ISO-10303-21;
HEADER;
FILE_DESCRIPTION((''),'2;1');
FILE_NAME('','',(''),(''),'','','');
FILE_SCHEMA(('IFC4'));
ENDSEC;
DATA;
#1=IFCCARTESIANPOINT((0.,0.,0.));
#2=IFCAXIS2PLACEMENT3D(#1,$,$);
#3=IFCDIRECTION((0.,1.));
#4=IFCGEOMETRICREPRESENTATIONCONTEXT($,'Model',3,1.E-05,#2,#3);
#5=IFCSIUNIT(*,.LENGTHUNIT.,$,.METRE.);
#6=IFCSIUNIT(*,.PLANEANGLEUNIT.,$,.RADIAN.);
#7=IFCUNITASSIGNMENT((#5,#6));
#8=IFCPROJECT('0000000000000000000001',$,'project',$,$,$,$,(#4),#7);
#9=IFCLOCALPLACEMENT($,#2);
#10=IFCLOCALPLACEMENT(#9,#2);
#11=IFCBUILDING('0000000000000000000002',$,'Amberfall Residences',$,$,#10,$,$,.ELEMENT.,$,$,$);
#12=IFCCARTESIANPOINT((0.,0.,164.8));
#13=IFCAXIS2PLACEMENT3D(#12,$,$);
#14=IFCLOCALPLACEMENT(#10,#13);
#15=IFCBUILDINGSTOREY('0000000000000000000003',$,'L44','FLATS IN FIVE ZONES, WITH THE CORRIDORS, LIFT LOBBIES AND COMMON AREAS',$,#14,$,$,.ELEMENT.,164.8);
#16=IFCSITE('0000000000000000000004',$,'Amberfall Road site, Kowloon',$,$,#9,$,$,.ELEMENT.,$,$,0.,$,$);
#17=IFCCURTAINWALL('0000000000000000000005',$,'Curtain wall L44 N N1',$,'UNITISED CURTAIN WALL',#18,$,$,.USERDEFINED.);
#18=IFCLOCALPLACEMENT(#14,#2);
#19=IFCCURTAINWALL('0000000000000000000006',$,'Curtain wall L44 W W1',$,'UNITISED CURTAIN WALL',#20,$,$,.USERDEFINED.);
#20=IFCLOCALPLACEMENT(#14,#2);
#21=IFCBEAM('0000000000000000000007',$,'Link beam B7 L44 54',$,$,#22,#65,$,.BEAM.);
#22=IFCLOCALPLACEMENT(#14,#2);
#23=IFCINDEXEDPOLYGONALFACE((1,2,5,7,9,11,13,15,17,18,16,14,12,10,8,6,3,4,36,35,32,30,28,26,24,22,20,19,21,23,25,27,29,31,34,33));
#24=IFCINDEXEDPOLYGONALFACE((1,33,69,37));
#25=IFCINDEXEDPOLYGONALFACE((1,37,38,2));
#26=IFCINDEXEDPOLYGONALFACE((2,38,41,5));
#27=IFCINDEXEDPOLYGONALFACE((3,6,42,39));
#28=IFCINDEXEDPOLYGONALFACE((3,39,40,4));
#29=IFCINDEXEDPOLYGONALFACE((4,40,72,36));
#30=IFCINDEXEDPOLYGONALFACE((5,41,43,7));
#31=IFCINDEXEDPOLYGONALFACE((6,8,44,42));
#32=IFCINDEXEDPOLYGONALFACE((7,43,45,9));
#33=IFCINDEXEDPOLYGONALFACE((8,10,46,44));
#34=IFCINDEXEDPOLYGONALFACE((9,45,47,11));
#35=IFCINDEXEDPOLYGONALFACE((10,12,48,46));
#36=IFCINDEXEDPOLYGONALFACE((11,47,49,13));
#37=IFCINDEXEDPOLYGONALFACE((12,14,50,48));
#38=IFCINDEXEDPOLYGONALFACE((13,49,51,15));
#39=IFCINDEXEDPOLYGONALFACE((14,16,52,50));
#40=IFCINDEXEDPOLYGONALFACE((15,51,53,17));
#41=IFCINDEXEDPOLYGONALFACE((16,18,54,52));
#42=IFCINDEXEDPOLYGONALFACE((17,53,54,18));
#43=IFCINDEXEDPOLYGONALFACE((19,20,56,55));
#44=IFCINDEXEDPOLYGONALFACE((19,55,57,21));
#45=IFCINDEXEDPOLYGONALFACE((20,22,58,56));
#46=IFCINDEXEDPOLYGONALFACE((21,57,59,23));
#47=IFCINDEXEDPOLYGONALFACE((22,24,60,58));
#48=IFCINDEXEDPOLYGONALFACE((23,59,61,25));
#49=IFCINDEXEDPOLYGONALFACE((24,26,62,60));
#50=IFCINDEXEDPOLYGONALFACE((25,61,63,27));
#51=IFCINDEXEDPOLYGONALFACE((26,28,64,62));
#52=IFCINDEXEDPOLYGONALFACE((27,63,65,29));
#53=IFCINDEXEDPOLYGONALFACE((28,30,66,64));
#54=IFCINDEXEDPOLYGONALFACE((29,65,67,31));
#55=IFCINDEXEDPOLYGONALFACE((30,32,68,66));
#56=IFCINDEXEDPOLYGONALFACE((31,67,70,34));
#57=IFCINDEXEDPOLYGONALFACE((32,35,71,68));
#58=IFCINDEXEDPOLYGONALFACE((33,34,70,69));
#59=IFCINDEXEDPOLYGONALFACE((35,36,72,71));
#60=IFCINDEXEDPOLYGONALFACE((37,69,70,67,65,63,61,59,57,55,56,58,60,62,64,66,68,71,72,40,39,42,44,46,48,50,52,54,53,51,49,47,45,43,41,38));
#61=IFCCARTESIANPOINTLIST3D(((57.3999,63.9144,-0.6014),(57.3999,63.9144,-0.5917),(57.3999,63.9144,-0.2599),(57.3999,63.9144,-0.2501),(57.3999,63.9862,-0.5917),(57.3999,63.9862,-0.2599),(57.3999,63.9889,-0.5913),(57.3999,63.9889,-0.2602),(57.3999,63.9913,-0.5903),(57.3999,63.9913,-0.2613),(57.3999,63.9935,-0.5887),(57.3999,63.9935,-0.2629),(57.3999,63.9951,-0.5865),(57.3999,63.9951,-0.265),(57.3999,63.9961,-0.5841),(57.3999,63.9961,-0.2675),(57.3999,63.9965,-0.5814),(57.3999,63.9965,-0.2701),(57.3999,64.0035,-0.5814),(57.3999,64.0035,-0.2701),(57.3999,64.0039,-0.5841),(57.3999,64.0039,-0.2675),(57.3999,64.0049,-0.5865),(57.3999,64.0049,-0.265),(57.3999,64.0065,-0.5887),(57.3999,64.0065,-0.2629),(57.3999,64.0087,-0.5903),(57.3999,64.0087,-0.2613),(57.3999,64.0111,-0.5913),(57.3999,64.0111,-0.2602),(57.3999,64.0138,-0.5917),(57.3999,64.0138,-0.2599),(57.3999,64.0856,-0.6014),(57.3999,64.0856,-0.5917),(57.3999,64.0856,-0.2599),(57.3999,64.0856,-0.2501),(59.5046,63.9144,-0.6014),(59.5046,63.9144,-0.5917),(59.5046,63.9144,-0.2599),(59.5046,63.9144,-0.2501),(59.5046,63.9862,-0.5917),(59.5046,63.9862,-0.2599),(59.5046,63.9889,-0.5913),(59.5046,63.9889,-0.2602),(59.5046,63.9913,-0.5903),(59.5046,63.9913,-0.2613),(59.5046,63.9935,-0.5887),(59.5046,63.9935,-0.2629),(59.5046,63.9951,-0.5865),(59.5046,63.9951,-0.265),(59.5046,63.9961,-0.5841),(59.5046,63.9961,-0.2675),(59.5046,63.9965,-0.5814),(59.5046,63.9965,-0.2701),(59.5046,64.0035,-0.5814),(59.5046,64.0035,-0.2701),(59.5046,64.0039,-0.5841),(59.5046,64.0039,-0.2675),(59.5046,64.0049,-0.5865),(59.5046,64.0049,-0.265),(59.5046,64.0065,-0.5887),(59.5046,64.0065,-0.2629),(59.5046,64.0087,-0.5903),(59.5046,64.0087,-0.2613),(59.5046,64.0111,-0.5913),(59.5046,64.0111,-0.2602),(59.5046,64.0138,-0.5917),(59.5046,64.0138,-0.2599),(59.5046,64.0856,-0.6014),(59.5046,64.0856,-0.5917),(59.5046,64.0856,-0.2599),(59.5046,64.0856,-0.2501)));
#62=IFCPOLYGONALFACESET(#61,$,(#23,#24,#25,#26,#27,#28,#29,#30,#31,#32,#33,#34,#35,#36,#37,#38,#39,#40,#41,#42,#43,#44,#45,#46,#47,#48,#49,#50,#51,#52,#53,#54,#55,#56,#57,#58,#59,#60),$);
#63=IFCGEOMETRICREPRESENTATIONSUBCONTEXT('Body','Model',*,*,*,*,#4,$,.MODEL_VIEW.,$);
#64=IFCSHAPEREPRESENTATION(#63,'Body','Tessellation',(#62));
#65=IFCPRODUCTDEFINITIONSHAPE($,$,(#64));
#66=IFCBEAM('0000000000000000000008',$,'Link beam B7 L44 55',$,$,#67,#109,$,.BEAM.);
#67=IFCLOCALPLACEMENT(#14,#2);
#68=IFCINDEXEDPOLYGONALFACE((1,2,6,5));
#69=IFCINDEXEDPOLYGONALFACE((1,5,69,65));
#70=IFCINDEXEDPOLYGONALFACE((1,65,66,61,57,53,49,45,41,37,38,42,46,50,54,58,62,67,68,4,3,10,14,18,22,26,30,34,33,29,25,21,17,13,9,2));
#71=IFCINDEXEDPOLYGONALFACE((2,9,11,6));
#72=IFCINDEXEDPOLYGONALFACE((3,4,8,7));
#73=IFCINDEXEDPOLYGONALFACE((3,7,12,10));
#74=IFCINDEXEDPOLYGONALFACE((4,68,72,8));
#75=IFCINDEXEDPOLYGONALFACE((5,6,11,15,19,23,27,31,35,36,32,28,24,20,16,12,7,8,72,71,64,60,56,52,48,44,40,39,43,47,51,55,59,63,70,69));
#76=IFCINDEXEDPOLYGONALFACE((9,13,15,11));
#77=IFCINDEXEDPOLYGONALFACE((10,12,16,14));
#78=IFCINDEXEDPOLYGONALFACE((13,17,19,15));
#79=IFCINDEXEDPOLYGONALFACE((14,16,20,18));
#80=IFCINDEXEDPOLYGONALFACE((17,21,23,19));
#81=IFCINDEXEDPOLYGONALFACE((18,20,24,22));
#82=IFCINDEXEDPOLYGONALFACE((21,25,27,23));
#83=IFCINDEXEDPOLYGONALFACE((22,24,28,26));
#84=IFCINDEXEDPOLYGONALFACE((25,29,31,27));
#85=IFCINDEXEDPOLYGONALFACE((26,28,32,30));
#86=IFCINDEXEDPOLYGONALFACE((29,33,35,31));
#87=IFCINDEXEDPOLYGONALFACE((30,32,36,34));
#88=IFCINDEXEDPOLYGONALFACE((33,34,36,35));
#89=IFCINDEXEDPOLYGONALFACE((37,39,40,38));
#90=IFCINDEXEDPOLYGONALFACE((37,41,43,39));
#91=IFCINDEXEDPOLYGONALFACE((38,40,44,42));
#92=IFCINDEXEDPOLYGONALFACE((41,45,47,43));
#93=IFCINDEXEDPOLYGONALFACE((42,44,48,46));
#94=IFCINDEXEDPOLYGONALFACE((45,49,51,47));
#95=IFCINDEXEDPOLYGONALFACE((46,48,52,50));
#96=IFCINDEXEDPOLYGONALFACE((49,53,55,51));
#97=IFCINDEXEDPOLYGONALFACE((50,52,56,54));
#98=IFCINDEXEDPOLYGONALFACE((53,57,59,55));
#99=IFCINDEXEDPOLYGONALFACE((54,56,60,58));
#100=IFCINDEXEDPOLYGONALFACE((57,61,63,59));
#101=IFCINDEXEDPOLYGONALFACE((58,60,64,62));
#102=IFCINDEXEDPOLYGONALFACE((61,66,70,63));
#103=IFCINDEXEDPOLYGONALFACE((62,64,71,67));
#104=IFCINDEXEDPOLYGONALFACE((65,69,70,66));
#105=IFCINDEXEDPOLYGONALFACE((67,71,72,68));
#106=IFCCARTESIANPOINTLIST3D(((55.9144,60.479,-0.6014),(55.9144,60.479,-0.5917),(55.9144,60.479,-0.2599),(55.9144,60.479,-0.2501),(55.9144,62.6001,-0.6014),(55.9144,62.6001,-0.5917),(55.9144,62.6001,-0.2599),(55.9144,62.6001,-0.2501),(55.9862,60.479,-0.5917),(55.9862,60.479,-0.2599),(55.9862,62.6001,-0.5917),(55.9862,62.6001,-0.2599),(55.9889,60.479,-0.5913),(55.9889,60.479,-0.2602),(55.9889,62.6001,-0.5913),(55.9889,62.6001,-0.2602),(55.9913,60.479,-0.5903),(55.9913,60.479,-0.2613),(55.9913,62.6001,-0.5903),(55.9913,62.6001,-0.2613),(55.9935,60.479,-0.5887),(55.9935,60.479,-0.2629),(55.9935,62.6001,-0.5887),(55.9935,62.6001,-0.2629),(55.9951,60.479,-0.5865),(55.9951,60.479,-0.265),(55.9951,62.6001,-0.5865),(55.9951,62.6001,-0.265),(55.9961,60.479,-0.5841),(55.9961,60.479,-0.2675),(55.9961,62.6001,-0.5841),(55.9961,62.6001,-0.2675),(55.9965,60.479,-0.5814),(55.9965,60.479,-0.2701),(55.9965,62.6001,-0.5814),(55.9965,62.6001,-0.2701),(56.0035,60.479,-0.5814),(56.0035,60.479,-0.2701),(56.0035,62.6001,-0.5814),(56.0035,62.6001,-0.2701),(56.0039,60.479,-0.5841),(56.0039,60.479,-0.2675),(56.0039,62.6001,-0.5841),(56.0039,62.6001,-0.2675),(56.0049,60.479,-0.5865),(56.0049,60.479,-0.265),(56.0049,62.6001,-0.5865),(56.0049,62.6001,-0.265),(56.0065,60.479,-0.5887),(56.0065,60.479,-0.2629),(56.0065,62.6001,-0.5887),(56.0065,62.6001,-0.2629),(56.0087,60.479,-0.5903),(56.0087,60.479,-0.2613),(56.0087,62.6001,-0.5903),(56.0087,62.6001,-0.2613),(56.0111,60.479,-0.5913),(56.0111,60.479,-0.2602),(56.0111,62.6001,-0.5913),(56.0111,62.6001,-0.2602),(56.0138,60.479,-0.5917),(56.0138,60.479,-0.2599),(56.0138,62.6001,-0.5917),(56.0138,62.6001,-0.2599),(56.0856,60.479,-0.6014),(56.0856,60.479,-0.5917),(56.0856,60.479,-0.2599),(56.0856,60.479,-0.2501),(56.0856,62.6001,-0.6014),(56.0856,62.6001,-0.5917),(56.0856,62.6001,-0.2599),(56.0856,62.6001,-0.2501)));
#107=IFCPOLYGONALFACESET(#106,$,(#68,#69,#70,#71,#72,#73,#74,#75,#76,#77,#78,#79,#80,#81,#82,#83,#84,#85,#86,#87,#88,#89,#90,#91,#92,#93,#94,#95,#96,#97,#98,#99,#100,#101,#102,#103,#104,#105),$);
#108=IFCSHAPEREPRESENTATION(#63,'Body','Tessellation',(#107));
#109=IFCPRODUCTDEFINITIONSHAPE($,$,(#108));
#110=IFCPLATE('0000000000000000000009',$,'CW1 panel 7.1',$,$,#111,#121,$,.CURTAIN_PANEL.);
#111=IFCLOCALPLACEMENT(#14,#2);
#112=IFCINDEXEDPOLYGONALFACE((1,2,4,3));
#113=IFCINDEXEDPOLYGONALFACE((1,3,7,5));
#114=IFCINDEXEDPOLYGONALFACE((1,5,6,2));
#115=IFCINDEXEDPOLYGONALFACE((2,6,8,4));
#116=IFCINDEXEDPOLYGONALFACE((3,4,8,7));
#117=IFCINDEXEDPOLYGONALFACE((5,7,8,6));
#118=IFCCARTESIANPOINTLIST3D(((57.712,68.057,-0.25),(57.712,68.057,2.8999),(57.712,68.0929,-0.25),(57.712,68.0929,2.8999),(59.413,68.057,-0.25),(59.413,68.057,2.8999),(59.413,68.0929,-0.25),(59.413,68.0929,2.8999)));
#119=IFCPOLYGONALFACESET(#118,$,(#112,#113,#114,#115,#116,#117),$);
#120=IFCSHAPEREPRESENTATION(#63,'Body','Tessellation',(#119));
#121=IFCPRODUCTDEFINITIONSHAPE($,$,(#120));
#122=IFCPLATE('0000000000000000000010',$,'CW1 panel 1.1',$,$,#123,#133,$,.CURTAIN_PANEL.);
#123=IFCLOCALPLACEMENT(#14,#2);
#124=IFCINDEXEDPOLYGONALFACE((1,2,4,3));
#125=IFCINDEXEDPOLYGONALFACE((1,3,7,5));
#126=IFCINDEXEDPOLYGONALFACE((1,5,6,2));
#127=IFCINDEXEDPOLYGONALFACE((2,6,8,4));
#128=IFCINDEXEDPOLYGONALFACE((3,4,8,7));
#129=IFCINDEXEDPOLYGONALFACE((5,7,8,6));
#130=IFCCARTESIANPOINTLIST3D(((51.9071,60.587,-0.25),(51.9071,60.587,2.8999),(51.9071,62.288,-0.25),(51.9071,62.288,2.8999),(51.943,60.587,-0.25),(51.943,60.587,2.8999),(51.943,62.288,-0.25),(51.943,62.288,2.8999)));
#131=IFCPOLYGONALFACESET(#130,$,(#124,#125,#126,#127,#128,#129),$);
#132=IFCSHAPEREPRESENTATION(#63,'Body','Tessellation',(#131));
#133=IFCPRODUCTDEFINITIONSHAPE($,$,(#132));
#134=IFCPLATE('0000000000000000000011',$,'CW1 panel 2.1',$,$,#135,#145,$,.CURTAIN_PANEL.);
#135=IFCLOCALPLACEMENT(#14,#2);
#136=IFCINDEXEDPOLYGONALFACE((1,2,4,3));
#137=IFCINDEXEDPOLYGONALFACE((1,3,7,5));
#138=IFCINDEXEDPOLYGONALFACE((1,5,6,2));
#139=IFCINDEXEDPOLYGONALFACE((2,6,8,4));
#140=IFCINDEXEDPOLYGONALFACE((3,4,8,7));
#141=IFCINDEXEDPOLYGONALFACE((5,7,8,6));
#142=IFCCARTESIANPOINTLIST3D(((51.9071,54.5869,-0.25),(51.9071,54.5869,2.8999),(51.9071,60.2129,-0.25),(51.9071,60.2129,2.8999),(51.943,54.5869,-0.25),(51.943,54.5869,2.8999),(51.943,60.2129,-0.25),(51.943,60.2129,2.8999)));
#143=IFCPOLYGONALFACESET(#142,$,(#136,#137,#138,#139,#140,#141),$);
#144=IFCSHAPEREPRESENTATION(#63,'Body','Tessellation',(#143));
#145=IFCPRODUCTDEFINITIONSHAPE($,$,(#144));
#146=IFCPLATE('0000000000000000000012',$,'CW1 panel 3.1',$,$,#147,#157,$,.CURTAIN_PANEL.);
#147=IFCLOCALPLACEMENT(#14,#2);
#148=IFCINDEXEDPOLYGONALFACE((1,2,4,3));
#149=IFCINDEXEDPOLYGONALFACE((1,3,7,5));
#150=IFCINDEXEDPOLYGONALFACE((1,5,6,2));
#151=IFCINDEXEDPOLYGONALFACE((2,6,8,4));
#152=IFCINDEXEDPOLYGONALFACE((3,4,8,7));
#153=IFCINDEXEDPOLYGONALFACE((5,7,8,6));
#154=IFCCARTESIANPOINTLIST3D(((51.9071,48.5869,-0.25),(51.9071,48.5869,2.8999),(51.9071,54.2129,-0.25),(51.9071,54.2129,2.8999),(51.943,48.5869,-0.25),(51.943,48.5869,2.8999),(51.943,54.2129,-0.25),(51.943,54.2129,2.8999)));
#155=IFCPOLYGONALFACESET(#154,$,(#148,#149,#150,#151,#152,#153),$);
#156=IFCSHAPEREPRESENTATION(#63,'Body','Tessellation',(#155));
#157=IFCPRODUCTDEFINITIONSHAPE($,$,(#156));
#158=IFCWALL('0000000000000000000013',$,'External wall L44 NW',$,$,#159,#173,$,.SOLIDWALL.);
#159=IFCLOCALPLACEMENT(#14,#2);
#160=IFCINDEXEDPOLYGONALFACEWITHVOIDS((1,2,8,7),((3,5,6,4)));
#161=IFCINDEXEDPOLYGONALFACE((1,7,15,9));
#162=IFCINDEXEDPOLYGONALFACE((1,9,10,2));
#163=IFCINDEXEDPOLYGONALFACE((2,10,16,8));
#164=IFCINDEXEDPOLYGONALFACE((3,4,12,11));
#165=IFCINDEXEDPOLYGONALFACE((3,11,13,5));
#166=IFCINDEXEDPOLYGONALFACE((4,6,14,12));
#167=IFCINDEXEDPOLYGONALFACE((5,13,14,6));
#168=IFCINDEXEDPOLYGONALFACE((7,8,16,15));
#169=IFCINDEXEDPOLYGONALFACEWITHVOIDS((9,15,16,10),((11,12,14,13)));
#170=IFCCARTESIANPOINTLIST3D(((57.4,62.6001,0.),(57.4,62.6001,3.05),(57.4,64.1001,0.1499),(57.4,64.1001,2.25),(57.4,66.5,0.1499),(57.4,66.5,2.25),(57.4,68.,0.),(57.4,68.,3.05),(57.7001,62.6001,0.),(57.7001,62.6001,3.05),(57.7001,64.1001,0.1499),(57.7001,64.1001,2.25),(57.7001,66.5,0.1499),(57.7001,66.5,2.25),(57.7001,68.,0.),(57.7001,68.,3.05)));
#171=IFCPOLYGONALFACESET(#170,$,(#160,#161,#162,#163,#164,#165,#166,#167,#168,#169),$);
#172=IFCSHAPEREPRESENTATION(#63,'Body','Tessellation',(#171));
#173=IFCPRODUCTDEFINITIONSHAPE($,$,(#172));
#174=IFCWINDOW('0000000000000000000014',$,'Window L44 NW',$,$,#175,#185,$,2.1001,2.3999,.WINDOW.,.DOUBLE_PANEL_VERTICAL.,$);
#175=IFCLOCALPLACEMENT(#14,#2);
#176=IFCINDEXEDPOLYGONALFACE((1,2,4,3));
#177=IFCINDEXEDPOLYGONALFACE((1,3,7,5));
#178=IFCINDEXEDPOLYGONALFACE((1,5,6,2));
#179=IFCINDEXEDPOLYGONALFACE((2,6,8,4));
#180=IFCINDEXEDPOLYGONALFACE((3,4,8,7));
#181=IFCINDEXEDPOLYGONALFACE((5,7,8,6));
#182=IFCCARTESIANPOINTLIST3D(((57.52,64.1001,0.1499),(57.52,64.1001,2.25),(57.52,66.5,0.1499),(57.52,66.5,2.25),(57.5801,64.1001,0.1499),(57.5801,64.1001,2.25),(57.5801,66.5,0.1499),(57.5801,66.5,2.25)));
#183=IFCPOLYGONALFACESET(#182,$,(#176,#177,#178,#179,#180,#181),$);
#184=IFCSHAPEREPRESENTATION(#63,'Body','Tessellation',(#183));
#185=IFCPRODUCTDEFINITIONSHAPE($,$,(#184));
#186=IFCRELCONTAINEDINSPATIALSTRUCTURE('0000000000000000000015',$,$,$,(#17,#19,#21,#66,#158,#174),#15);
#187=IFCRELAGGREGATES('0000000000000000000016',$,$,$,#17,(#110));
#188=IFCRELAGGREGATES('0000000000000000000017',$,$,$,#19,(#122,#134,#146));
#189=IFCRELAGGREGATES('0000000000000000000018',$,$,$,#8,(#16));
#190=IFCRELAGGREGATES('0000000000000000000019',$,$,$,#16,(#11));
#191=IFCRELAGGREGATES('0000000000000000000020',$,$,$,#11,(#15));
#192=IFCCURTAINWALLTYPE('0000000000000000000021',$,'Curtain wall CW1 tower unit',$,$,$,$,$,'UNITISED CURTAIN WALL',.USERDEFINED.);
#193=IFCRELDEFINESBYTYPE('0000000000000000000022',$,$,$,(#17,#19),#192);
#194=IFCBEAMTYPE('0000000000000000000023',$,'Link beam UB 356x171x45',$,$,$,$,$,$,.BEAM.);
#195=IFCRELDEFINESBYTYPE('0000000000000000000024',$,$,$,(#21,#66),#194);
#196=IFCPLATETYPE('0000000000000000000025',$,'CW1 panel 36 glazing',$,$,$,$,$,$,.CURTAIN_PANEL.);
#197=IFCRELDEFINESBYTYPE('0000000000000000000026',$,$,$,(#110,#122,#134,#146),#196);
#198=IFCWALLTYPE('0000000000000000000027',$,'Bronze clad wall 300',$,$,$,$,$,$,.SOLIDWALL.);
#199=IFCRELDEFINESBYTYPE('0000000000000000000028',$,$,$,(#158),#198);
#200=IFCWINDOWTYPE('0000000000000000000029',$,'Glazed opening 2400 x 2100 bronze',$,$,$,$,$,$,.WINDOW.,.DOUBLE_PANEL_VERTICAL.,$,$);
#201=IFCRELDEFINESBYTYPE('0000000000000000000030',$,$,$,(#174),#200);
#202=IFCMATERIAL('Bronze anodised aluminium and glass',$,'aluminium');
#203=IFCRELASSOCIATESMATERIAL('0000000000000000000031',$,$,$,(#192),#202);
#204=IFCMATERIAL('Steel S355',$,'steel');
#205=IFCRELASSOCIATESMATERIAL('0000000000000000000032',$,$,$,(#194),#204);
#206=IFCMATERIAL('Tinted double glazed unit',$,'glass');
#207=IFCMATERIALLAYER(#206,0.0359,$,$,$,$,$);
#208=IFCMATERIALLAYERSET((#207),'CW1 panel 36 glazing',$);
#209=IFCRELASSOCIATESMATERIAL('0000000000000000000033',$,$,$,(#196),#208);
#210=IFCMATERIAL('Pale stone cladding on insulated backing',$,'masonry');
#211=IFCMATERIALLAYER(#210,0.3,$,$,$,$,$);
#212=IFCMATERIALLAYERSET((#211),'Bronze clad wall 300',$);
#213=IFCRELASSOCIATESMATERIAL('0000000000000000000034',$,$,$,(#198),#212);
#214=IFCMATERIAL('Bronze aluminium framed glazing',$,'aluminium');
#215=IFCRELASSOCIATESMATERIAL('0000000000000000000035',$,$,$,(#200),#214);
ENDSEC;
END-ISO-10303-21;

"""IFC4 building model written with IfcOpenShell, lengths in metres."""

from ifc_helpers import new_model, si_unit, direction, frame, frame_2d, origin, origin_2d, place, context, subcontext, project, spatial, rectangle, i_section, extrude, material, layer, layer_set, material_profile, profile_set, type_object, element, fill, aggregate, save


model = new_model("IFC4")

# Units and contexts
model_context = context("Model", 3, precision=1e-05, world=origin(), true_north=direction((0.0, 1.0)))
body_context = subcontext(model_context, "Body", "Model", "MODEL_VIEW")
ifc_project = project(units=[si_unit("LENGTHUNIT", "METRE"), si_unit("PLANEANGLEUNIT", "RADIAN")], contexts=[model_context])

# Site, building, storey
site_placement = place(None, origin())
site = spatial("IfcSite", under=ifc_project, at=site_placement, Name="Amberfall Road site, Kowloon", CompositionType="ELEMENT", RefElevation=0.0)
building_placement = place(site_placement, origin())
building = spatial("IfcBuilding", under=site, at=building_placement, Name="Amberfall Residences", CompositionType="ELEMENT")
storey_placement = place(building_placement, frame((0.0, 0.0, 164.8)))
storey = spatial("IfcBuildingStorey", under=building, at=storey_placement, Name="L44", Description="FLATS IN FIVE ZONES, WITH THE CORRIDORS, LIFT LOBBIES AND COMMON AREAS", CompositionType="ELEMENT", Elevation=164.8)

# Curtain wall
ifc_material_1 = material(Name="Bronze anodised aluminium and glass", Category="aluminium")
curtain_wall_type = type_object("IfcCurtainWallType", Name="Curtain wall CW1 tower unit", ElementType="UNITISED CURTAIN WALL", PredefinedType="USERDEFINED", material=ifc_material_1)
curtain_wall_1_placement = place(storey_placement, origin())
curtain_wall_1 = element("IfcCurtainWall", 1, at=curtain_wall_1_placement, inside=storey, type_object=curtain_wall_type, Name="Curtain wall L44 N N1", ObjectType="UNITISED CURTAIN WALL", PredefinedType="USERDEFINED")

# Curtain wall
curtain_wall_2_placement = place(storey_placement, origin())
curtain_wall_2 = element("IfcCurtainWall", 2, at=curtain_wall_2_placement, inside=storey, type_object=curtain_wall_type, Name="Curtain wall L44 W W1", ObjectType="UNITISED CURTAIN WALL", PredefinedType="USERDEFINED")

# Shared definitions
ifc_material_2 = material(Name="Steel S355", Category="steel")

# Beams
ifc_material_profile_1 = material_profile(ifc_material_2, i_section(OverallWidth=0.1711, OverallDepth=0.3513, WebThickness=0.0071, FlangeThickness=0.0098, FilletRadius=0.0103, at=origin_2d()), Name="UB 356x171x45")
ifc_profile_set_1 = profile_set([ifc_material_profile_1], Name="Steel S355")
beam_type_1 = type_object("IfcBeamType", Name="Link beam UB 356x171x45", PredefinedType="BEAM", material=ifc_profile_set_1)
beam_1_placement = place(storey_placement, frame((57.3999, 64.0, -0.4258), z_axis=(1.0, 0.0, 0.0), x_axis=(0.0, 1.0, 0.0)))
element("IfcBeam", 3, at=beam_1_placement, inside=storey, type_object=beam_type_1, Name="Link beam B7 L44 54", PredefinedType="BEAM", context=body_context, shape_type="SweptSolid", body=[
    extrude(i_section(OverallWidth=0.1711, OverallDepth=0.3513, WebThickness=0.0071, FlangeThickness=0.0098, FilletRadius=0.0103, at=origin_2d()), origin(), (0.0, 0.0, 1.0), 2.1047),
])
beam_2_placement = place(storey_placement, frame((56.0, 62.6001, -0.4258), z_axis=(0.0, -1.0, 0.0), x_axis=(1.0, 0.0, 0.0)))
element("IfcBeam", 4, at=beam_2_placement, inside=storey, type_object=beam_type_1, Name="Link beam B7 L44 55", PredefinedType="BEAM", context=body_context, shape_type="SweptSolid", body=[
    extrude(i_section(OverallWidth=0.1711, OverallDepth=0.3513, WebThickness=0.0071, FlangeThickness=0.0098, FilletRadius=0.0103, at=origin_2d()), origin(), (0.0, 0.0, 1.0), 2.1211),
])

# Plates
ifc_material_3 = material(Name="Tinted double glazed unit", Category="glass")
ifc_layer_1 = layer(ifc_material_3, 0.0359)
ifc_layer_set_1 = layer_set([ifc_layer_1], Name="CW1 panel 36 glazing")
plate_type = type_object("IfcPlateType", Name="CW1 panel 36 glazing", PredefinedType="CURTAIN_PANEL", material=ifc_layer_set_1)
plate_1_placement = place(storey_placement, frame((58.5625, 68.075, -0.25), z_axis=(0.0, 0.0, 1.0), x_axis=(-1.0, 0.0, 0.0)))
plate_1 = element("IfcPlate", 5, at=plate_1_placement, type_object=plate_type, Name="CW1 panel 7.1", PredefinedType="CURTAIN_PANEL", context=body_context, shape_type="SweptSolid", body=[
    extrude(rectangle(XDim=1.7009, YDim=0.0359, at=origin_2d()), origin(), (0.0, 0.0, 1.0), 3.1499),
])
aggregate(curtain_wall_1, [plate_1])
plate_2_placement = place(storey_placement, frame((51.925, 61.4375, -0.25), z_axis=(0.0, 0.0, 1.0), x_axis=(0.0, -1.0, 0.0)))
plate_2 = element("IfcPlate", 6, at=plate_2_placement, type_object=plate_type, Name="CW1 panel 1.1", PredefinedType="CURTAIN_PANEL", context=body_context, shape_type="SweptSolid", body=[
    extrude(rectangle(XDim=1.7009, YDim=0.0359, at=origin_2d()), origin(), (0.0, 0.0, 1.0), 3.1499),
])
plate_3_placement = place(storey_placement, frame((51.925, 57.3999, -0.25), z_axis=(0.0, 0.0, 1.0), x_axis=(0.0, -1.0, 0.0)))
plate_3 = element("IfcPlate", 7, at=plate_3_placement, type_object=plate_type, Name="CW1 panel 2.1", PredefinedType="CURTAIN_PANEL", context=body_context, shape_type="SweptSolid", body=[
    extrude(rectangle(XDim=5.626, YDim=0.0359, at=origin_2d()), origin(), (0.0, 0.0, 1.0), 3.1499),
])
plate_4_placement = place(storey_placement, frame((51.925, 51.3999, -0.25), z_axis=(0.0, 0.0, 1.0), x_axis=(0.0, -1.0, 0.0)))
plate_4 = element("IfcPlate", 8, at=plate_4_placement, type_object=plate_type, Name="CW1 panel 3.1", PredefinedType="CURTAIN_PANEL", context=body_context, shape_type="SweptSolid", body=[
    extrude(rectangle(XDim=5.626, YDim=0.0359, at=origin_2d()), origin(), (0.0, 0.0, 1.0), 3.1499),
])
aggregate(curtain_wall_2, [plate_2, plate_3, plate_4])

# Wall, opening, window
ifc_material_4 = material(Name="Pale stone cladding on insulated backing", Category="masonry")
ifc_layer_2 = layer(ifc_material_4, 0.3)
ifc_layer_set_2 = layer_set([ifc_layer_2], Name="Bronze clad wall 300")
wall_type_1 = type_object("IfcWallType", Name="Bronze clad wall 300", PredefinedType="SOLIDWALL", material=ifc_layer_set_2)
wall_1_placement = place(storey_placement, frame((57.55, 68.0, 0.0), z_axis=(0.0, 0.0, 1.0), x_axis=(0.0, -1.0, 0.0)))
wall_1 = element("IfcWall", 9, at=wall_1_placement, inside=storey, type_object=wall_type_1, Name="External wall L44 NW", PredefinedType="SOLIDWALL", context=body_context, shape_type="SweptSolid", body=[
    extrude(rectangle(XDim=5.3999, YDim=0.3, at=frame_2d((2.7, 0.0))), origin(), (0.0, 0.0, 1.0), 3.05),
])
opening_1_placement = place(wall_1_placement, frame((1.5, 0.0, 0.1499)))
opening_1 = element("IfcOpeningElement", 10, at=opening_1_placement, cuts=wall_1, PredefinedType="OPENING", context=body_context, shape_type="SweptSolid", body=[
    extrude(rectangle(XDim=2.3999, YDim=2.1001, at=frame_2d((1.2, 1.05))), frame((0.0, 0.1599, 0.0), z_axis=(0.0, -1.0, 0.0), x_axis=(1.0, 0.0, 0.0)), (0.0, 0.0, 1.0), 0.3201),
])
ifc_material_5 = material(Name="Bronze aluminium framed glazing", Category="aluminium")
window_type = type_object("IfcWindowType", Name="Glazed opening 2400 x 2100 bronze", PartitioningType="DOUBLE_PANEL_VERTICAL", PredefinedType="WINDOW", material=ifc_material_5)
window_placement = place(opening_1_placement, origin())
window = element("IfcWindow", 11, at=window_placement, inside=storey, type_object=window_type, Name="Window L44 NW", OverallHeight=2.1001, OverallWidth=2.3999, PartitioningType="DOUBLE_PANEL_VERTICAL", PredefinedType="WINDOW", context=body_context, shape_type="SweptSolid", body=[
    extrude(rectangle(XDim=2.3999, YDim=2.1001, at=frame_2d((1.2, 1.05))), frame((0.0, 0.03, 0.0), z_axis=(0.0, -1.0, 0.0), x_axis=(1.0, 0.0, 0.0)), (0.0, 0.0, 1.0), 0.0601),
])
fill(opening_1, window)

save(model, "model.ifc")
